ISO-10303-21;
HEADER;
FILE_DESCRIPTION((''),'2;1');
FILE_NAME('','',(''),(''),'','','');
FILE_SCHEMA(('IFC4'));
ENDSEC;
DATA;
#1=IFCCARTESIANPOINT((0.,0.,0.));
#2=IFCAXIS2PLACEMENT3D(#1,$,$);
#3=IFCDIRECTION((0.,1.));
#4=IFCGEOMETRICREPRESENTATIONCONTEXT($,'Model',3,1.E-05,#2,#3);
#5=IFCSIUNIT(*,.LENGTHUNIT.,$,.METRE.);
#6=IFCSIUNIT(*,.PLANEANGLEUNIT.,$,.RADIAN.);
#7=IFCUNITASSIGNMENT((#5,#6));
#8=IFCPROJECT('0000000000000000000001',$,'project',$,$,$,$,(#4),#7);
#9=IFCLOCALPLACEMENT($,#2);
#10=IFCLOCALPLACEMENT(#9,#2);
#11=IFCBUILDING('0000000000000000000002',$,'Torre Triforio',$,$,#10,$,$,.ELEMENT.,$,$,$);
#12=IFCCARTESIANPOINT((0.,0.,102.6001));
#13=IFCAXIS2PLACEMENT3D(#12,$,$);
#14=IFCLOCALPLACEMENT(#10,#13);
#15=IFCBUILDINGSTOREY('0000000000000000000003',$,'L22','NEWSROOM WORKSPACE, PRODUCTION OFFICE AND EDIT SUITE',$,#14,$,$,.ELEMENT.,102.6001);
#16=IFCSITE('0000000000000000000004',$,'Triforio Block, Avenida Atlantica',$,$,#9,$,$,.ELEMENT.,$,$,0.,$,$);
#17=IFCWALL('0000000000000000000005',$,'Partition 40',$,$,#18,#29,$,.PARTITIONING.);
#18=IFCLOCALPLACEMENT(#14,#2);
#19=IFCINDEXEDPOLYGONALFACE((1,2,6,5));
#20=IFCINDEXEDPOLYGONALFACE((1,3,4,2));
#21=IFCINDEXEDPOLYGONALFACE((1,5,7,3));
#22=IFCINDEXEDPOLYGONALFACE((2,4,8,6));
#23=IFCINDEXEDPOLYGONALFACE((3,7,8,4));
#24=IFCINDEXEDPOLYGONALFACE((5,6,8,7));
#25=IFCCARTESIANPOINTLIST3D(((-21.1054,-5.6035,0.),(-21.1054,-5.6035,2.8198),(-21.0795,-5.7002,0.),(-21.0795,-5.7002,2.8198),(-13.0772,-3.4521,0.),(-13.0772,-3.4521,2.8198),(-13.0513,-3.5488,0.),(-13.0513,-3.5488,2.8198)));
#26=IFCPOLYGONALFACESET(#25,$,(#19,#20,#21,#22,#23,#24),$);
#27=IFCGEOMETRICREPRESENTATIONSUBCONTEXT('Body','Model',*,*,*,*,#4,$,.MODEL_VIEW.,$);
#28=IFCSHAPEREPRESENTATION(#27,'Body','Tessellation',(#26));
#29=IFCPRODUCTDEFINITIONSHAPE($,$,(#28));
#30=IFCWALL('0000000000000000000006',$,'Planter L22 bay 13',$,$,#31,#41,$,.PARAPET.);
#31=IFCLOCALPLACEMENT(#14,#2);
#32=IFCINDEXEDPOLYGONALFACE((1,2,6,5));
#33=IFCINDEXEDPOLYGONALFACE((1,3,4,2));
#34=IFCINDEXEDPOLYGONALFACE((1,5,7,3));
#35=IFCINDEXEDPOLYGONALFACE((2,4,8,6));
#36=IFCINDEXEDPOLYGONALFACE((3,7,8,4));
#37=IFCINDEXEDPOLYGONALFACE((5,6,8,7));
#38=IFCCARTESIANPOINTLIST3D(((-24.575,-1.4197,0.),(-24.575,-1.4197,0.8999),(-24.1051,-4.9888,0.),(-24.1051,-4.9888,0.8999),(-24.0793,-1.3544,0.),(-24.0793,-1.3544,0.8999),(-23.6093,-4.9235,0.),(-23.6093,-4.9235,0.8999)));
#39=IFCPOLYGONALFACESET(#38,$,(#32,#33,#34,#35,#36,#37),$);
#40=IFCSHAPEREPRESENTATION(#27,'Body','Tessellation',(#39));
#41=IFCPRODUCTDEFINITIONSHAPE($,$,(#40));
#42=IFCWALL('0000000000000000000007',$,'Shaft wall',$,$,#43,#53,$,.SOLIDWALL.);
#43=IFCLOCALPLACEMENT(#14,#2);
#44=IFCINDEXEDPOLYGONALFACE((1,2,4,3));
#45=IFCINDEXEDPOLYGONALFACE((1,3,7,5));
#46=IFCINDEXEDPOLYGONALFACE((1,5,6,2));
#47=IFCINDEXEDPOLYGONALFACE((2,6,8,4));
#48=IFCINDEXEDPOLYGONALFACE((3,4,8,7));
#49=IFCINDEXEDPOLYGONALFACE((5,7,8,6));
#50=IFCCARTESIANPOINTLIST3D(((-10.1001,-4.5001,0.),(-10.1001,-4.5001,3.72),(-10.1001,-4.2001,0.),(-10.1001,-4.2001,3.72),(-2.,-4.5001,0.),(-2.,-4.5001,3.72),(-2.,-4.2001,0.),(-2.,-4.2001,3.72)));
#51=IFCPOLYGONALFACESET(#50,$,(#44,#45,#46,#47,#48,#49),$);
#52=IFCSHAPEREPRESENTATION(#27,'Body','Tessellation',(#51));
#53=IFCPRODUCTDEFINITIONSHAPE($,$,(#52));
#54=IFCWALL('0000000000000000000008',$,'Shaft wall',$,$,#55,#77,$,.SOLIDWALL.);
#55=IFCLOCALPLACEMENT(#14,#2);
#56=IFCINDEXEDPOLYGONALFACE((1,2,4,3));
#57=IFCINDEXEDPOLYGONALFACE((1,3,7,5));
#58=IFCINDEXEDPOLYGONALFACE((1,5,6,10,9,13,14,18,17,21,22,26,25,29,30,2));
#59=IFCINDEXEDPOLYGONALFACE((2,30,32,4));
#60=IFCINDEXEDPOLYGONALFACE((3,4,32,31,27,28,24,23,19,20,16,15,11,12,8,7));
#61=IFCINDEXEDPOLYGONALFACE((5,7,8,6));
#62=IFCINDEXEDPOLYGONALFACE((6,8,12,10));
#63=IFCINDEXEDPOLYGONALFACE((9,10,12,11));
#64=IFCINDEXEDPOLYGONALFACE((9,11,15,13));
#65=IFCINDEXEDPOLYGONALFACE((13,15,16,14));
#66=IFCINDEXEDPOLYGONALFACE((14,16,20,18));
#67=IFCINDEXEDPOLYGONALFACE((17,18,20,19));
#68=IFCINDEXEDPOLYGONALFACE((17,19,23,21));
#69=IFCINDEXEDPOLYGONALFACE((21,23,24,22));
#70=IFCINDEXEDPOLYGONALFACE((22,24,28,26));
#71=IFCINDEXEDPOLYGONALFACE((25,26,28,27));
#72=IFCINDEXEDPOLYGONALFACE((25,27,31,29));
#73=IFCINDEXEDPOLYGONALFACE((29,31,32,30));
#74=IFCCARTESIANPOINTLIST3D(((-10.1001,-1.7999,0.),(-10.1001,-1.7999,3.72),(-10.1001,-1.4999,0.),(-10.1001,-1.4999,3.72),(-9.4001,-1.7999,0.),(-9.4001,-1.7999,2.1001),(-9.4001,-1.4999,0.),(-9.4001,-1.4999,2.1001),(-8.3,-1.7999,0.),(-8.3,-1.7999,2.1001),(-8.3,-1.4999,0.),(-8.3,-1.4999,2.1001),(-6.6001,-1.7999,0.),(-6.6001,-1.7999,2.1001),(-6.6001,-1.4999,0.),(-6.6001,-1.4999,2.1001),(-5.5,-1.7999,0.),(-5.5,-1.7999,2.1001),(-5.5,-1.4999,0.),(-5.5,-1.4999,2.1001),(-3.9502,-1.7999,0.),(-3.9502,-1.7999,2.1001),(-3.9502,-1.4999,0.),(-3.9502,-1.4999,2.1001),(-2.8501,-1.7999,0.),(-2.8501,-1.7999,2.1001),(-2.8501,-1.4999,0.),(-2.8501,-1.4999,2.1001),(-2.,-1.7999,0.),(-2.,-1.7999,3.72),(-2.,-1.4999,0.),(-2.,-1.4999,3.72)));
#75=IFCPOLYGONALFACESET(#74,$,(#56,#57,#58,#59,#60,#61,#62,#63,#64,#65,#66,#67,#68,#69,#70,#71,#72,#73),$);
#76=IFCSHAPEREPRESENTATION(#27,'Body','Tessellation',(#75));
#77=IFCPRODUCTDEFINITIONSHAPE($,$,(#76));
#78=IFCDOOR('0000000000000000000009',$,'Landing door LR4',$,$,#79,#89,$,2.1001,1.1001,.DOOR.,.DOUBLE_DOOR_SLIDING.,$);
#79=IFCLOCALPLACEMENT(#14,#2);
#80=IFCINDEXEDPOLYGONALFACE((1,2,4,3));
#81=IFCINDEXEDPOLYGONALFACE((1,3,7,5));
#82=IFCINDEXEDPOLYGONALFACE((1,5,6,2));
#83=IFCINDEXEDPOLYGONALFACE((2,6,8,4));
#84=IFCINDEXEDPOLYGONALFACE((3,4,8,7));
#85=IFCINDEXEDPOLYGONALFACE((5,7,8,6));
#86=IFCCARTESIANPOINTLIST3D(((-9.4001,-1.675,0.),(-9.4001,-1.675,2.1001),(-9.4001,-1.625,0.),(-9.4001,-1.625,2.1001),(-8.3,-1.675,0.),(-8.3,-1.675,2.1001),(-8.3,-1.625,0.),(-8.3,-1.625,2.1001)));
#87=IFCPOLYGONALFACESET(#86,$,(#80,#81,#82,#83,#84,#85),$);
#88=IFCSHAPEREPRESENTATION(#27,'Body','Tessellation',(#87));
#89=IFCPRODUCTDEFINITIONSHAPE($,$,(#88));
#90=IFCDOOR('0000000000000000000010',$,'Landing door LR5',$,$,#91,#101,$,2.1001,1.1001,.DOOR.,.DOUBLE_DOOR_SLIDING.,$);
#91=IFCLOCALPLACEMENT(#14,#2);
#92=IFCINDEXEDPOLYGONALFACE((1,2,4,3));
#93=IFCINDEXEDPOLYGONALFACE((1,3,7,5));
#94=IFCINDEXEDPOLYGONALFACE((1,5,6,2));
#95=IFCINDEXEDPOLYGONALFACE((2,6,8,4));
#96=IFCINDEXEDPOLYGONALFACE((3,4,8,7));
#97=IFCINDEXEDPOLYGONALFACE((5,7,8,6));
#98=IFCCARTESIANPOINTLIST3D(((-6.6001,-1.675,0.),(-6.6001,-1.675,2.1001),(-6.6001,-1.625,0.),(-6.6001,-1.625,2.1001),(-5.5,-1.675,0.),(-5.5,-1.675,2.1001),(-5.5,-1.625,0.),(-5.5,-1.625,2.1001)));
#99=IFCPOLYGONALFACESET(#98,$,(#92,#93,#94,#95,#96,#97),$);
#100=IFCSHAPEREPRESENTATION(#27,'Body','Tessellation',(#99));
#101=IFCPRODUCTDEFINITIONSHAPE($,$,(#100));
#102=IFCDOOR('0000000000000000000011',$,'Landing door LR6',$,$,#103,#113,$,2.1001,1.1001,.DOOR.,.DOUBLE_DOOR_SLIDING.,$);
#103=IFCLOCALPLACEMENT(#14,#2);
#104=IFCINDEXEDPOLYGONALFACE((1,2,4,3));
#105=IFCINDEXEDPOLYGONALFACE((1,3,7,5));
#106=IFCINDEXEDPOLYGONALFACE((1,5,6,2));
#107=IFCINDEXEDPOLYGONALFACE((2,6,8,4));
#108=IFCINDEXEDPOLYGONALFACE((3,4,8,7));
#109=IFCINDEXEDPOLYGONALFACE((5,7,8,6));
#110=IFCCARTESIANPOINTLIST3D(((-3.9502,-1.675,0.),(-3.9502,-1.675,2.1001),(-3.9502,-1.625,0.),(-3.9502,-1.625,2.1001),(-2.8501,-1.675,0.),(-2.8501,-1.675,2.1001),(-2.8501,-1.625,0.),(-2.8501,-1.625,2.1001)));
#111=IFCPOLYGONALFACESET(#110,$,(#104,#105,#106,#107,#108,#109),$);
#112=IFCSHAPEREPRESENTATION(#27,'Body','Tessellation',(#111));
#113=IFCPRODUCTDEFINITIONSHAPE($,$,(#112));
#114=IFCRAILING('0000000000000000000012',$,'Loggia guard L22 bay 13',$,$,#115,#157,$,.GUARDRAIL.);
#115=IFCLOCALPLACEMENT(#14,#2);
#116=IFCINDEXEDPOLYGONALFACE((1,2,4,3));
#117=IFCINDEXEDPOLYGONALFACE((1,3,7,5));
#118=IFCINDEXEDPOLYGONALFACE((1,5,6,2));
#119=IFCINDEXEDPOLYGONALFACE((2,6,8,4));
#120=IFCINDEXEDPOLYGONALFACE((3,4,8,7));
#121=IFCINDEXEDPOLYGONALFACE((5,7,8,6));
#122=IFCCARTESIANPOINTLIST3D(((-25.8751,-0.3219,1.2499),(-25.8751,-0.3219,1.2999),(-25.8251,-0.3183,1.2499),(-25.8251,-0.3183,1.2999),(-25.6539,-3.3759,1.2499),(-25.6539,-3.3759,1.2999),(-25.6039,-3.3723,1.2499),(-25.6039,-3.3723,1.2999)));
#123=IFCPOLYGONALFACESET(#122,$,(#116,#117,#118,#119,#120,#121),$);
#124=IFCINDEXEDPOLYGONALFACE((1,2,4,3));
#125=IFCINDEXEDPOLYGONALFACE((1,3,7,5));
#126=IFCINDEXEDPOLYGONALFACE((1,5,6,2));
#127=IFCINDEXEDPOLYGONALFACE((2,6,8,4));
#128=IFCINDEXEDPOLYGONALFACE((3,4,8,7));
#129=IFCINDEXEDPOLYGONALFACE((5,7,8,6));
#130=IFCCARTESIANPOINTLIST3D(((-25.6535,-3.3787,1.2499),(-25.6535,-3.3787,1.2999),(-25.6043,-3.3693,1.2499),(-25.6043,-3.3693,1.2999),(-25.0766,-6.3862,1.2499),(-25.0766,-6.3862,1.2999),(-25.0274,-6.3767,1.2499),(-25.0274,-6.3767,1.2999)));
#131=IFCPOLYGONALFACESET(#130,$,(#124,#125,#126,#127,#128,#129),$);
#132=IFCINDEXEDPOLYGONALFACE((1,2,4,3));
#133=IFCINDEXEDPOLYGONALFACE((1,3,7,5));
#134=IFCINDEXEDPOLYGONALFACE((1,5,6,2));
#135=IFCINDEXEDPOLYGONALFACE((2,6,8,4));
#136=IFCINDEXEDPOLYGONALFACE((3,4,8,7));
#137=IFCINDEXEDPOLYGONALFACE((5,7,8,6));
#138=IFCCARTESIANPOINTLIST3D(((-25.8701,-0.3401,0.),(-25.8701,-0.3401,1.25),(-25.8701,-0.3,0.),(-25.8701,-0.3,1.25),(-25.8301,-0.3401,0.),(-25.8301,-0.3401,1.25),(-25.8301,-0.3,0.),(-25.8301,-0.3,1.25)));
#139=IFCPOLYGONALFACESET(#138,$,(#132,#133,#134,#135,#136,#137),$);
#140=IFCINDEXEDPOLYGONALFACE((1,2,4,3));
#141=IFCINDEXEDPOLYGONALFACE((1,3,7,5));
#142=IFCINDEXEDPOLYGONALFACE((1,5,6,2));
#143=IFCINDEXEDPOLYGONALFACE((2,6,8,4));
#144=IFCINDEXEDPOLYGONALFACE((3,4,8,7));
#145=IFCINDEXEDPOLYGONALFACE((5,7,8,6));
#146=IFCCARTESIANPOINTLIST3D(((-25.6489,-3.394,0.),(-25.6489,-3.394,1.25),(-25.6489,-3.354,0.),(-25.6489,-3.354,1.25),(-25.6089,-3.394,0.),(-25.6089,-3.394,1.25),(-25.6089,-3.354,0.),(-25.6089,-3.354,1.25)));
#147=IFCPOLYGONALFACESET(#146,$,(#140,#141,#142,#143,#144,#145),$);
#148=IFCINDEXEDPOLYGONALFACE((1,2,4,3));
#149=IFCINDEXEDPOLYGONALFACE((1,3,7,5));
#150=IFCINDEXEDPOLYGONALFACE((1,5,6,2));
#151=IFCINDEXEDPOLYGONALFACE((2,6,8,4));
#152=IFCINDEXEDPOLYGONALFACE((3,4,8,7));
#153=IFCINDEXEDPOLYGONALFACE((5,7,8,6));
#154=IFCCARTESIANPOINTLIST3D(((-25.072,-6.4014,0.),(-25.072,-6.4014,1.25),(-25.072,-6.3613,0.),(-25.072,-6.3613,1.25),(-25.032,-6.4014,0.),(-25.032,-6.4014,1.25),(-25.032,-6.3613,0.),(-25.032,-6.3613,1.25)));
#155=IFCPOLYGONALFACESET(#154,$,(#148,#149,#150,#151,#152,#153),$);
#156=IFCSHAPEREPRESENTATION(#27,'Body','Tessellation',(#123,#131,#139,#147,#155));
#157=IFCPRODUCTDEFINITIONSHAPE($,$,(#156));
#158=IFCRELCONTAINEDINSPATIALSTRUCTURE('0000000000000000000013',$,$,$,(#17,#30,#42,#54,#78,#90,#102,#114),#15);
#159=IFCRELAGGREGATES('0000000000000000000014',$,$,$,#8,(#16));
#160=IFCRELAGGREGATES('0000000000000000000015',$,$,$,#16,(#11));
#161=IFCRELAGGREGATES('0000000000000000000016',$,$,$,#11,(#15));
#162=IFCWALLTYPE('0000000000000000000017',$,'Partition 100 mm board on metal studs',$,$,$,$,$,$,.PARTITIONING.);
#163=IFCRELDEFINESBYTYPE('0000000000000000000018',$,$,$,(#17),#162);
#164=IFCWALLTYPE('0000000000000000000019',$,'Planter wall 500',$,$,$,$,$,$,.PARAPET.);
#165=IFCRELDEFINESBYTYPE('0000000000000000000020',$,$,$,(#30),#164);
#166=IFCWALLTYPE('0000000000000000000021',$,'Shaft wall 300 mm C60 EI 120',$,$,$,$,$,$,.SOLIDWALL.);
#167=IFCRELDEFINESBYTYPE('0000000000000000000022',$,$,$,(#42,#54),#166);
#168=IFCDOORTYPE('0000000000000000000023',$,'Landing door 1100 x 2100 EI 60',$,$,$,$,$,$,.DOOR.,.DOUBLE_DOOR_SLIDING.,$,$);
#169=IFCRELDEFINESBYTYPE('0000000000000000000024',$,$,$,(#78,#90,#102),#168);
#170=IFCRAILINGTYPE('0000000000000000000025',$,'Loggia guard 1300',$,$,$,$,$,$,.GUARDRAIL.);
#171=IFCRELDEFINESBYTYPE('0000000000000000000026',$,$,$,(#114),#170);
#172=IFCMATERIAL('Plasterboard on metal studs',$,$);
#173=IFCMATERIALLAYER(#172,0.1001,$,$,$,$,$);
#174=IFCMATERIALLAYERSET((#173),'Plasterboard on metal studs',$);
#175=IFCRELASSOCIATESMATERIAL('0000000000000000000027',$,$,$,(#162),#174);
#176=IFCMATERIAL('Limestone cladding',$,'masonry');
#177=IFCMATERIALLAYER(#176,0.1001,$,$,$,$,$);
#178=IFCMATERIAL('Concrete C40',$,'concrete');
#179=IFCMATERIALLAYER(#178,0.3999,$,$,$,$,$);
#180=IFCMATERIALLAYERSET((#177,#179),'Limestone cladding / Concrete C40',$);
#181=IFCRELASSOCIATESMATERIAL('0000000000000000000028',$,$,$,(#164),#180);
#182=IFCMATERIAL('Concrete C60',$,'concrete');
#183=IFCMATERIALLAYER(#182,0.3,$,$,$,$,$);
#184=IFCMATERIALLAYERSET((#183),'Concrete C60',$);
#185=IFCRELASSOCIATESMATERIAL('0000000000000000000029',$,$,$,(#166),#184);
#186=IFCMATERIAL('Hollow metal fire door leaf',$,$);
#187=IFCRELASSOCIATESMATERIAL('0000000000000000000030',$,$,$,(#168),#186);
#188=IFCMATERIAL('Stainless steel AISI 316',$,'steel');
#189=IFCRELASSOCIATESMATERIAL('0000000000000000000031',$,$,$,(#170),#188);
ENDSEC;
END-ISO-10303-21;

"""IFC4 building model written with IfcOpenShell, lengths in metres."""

from ifc_helpers import new_model, si_unit, direction, frame, frame_2d, origin, origin_2d, place, context, subcontext, project, spatial, rectangle, extrude, material, layer, layer_set, type_object, element, fill, save


model = new_model("IFC4")

# Units and contexts
model_context = context("Model", 3, precision=1e-05, world=origin(), true_north=direction((0.0, 1.0)))
body_context = subcontext(model_context, "Body", "Model", "MODEL_VIEW")
ifc_project = project(units=[si_unit("LENGTHUNIT", "METRE"), si_unit("PLANEANGLEUNIT", "RADIAN")], contexts=[model_context])

# Site, building, storey
site_placement = place(None, origin())
site = spatial("IfcSite", under=ifc_project, at=site_placement, Name="Triforio Block, Avenida Atlantica", CompositionType="ELEMENT", RefElevation=0.0)
building_placement = place(site_placement, origin())
building = spatial("IfcBuilding", under=site, at=building_placement, Name="Torre Triforio", CompositionType="ELEMENT")
storey_placement = place(building_placement, frame((0.0, 0.0, 102.6001)))
storey = spatial("IfcBuildingStorey", under=building, at=storey_placement, Name="L22", Description="NEWSROOM WORKSPACE, PRODUCTION OFFICE AND EDIT SUITE", CompositionType="ELEMENT", Elevation=102.6001)

# Shared definitions
ifc_material_1 = material(Name="Concrete C60", Category="concrete")

# Shared definitions
ifc_material_2 = material(Name="Hollow metal fire door leaf")

# Shared definitions
ifc_material_3 = material(Name="Plasterboard on metal studs")

# Walls
ifc_layer_1 = layer(ifc_material_3, 0.1001)
ifc_layer_set_1 = layer_set([ifc_layer_1], Name="Plasterboard on metal studs")
wall_type_1 = type_object("IfcWallType", Name="Partition 100 mm board on metal studs", PredefinedType="PARTITIONING", material=ifc_layer_set_1)
wall_1_placement = place(storey_placement, frame((-13.0642, -3.5005, 0.0), z_axis=(0.0, 0.0, 1.0), x_axis=(-0.96592, -0.25884, 0.0)))
element("IfcWall", 1, at=wall_1_placement, inside=storey, type_object=wall_type_1, Name="Partition 40", PredefinedType="PARTITIONING", context=body_context, shape_type="SweptSolid", body=[
    extrude(rectangle(XDim=8.3115, YDim=0.1001, at=frame_2d((4.1558, 0.0))), origin(), (0.0, 0.0, 1.0), 2.8198),
])
ifc_material_4 = material(Name="Limestone cladding", Category="masonry")
ifc_layer_2 = layer(ifc_material_4, 0.1001)
ifc_material_5 = material(Name="Concrete C40", Category="concrete")
ifc_layer_3 = layer(ifc_material_5, 0.3999)
ifc_layer_set_2 = layer_set([ifc_layer_2, ifc_layer_3], Name="Limestone cladding / Concrete C40")
wall_type_2 = type_object("IfcWallType", Name="Planter wall 500", PredefinedType="PARAPET", material=ifc_layer_set_2)
wall_2_placement = place(storey_placement, frame((-24.3271, -1.3872, 0.0), z_axis=(0.0, 0.0, 1.0), x_axis=(0.130551, -0.991442, 0.0)))
element("IfcWall", 2, at=wall_2_placement, inside=storey, type_object=wall_type_2, Name="Planter L22 bay 13", PredefinedType="PARAPET", context=body_context, shape_type="SweptSolid", body=[
    extrude(rectangle(XDim=3.5999, YDim=0.5, at=frame_2d((1.7998, 0.0))), origin(), (0.0, 0.0, 1.0), 0.8999),
])
ifc_layer_4 = layer(ifc_material_1, 0.3)
ifc_layer_set_3 = layer_set([ifc_layer_4], Name="Concrete C60")
wall_type_3 = type_object("IfcWallType", Name="Shaft wall 300 mm C60 EI 120", PredefinedType="SOLIDWALL", material=ifc_layer_set_3)
wall_3_placement = place(storey_placement, frame((-10.1001, -4.3501, 0.0), z_axis=(0.0, 0.0, 1.0), x_axis=(1.0, 0.0, 0.0)))
element("IfcWall", 3, at=wall_3_placement, inside=storey, type_object=wall_type_3, Name="Shaft wall", PredefinedType="SOLIDWALL", context=body_context, shape_type="SweptSolid", body=[
    extrude(rectangle(XDim=8.1001, YDim=0.3, at=frame_2d((4.05, 0.0))), origin(), (0.0, 0.0, 1.0), 3.72),
])

# Wall, openings, doors
wall_4_placement = place(storey_placement, frame((-10.1001, -1.6499, 0.0), z_axis=(0.0, 0.0, 1.0), x_axis=(1.0, 0.0, 0.0)))
wall_4 = element("IfcWall", 4, at=wall_4_placement, inside=storey, type_object=wall_type_3, Name="Shaft wall", PredefinedType="SOLIDWALL", context=body_context, shape_type="SweptSolid", body=[
    extrude(rectangle(XDim=8.1001, YDim=0.3, at=frame_2d((4.05, 0.0))), origin(), (0.0, 0.0, 1.0), 3.72),
])
opening_1_placement = place(wall_4_placement, frame((0.7, 0.0, 0.0)))
opening_1 = element("IfcOpeningElement", 5, at=opening_1_placement, cuts=wall_4, PredefinedType="OPENING", context=body_context, shape_type="SweptSolid", body=[
    extrude(rectangle(XDim=1.1001, YDim=2.1001, at=frame_2d((0.55, 1.05))), frame((0.0, 0.1599, 0.0), z_axis=(0.0, -1.0, 0.0), x_axis=(1.0, 0.0, 0.0)), (0.0, 0.0, 1.0), 0.3201),
])
opening_2_placement = place(wall_4_placement, frame((3.5, 0.0, 0.0)))
opening_2 = element("IfcOpeningElement", 6, at=opening_2_placement, cuts=wall_4, PredefinedType="OPENING", context=body_context, shape_type="SweptSolid", body=[
    extrude(rectangle(XDim=1.1001, YDim=2.1001, at=frame_2d((0.55, 1.05))), frame((0.0, 0.1599, 0.0), z_axis=(0.0, -1.0, 0.0), x_axis=(1.0, 0.0, 0.0)), (0.0, 0.0, 1.0), 0.3201),
])
opening_3_placement = place(wall_4_placement, frame((6.1499, 0.0, 0.0)))
opening_3 = element("IfcOpeningElement", 7, at=opening_3_placement, cuts=wall_4, PredefinedType="OPENING", context=body_context, shape_type="SweptSolid", body=[
    extrude(rectangle(XDim=1.1001, YDim=2.1001, at=frame_2d((0.55, 1.05))), frame((0.0, 0.1599, 0.0), z_axis=(0.0, -1.0, 0.0), x_axis=(1.0, 0.0, 0.0)), (0.0, 0.0, 1.0), 0.3201),
])
door_type_1 = type_object("IfcDoorType", Name="Landing door 1100 x 2100 EI 60", OperationType="DOUBLE_DOOR_SLIDING", PredefinedType="DOOR", material=ifc_material_2)
door_1_placement = place(opening_1_placement, origin())
door_1 = element("IfcDoor", 8, at=door_1_placement, inside=storey, type_object=door_type_1, Name="Landing door LR4", OperationType="DOUBLE_DOOR_SLIDING", OverallHeight=2.1001, OverallWidth=1.1001, PredefinedType="DOOR", context=body_context, shape_type="SweptSolid", body=[
    extrude(rectangle(XDim=1.1001, YDim=2.1001, at=frame_2d((0.55, 1.05))), frame((0.0, 0.0249, 0.0), z_axis=(0.0, -1.0, 0.0), x_axis=(1.0, 0.0, 0.0)), (0.0, 0.0, 1.0), 0.05),
])
fill(opening_1, door_1)
door_2_placement = place(opening_2_placement, origin())
door_2 = element("IfcDoor", 9, at=door_2_placement, inside=storey, type_object=door_type_1, Name="Landing door LR5", OperationType="DOUBLE_DOOR_SLIDING", OverallHeight=2.1001, OverallWidth=1.1001, PredefinedType="DOOR", context=body_context, shape_type="SweptSolid", body=[
    extrude(rectangle(XDim=1.1001, YDim=2.1001, at=frame_2d((0.55, 1.05))), frame((0.0, 0.0249, 0.0), z_axis=(0.0, -1.0, 0.0), x_axis=(1.0, 0.0, 0.0)), (0.0, 0.0, 1.0), 0.05),
])
fill(opening_2, door_2)
door_3_placement = place(opening_3_placement, origin())
door_3 = element("IfcDoor", 10, at=door_3_placement, inside=storey, type_object=door_type_1, Name="Landing door LR6", OperationType="DOUBLE_DOOR_SLIDING", OverallHeight=2.1001, OverallWidth=1.1001, PredefinedType="DOOR", context=body_context, shape_type="SweptSolid", body=[
    extrude(rectangle(XDim=1.1001, YDim=2.1001, at=frame_2d((0.55, 1.05))), frame((0.0, 0.0249, 0.0), z_axis=(0.0, -1.0, 0.0), x_axis=(1.0, 0.0, 0.0)), (0.0, 0.0, 1.0), 0.05),
])
fill(opening_3, door_3)

# Railing
ifc_material_6 = material(Name="Stainless steel AISI 316", Category="steel")
railing_type = type_object("IfcRailingType", Name="Loggia guard 1300", PredefinedType="GUARDRAIL", material=ifc_material_6)
railing_placement = place(storey_placement, frame((-25.8501, -0.3201, 0.0)))
element("IfcRailing", 11, at=railing_placement, inside=storey, type_object=railing_type, Name="Loggia guard L22 bay 13", PredefinedType="GUARDRAIL", context=body_context, shape_type="SweptSolid", body=[
    extrude(rectangle(XDim=0.05, YDim=0.05, at=origin_2d()), frame((0.0, 0.0, 1.2749), z_axis=(0.072239, -0.997387, 0.0), x_axis=(0.997387, 0.072239, 0.0)), (0.0, 0.0, 1.0), 3.062),
    extrude(rectangle(XDim=0.05, YDim=0.05, at=origin_2d()), frame((0.2212, -3.054, 1.2749), z_axis=(0.188398, -0.982093, 0.0), x_axis=(0.982093, 0.188398, 0.0)), (0.0, 0.0, 1.0), 3.0623),
    extrude(rectangle(XDim=0.04, YDim=0.04, at=origin_2d()), origin(), (0.0, 0.0, 1.0), 1.25),
    extrude(rectangle(XDim=0.04, YDim=0.04, at=origin_2d()), frame((0.2212, -3.054, 0.0)), (0.0, 0.0, 1.0), 1.25),
    extrude(rectangle(XDim=0.04, YDim=0.04, at=origin_2d()), frame((0.7981, -6.0613, 0.0)), (0.0, 0.0, 1.0), 1.25),
])

save(model, "model.ifc")
